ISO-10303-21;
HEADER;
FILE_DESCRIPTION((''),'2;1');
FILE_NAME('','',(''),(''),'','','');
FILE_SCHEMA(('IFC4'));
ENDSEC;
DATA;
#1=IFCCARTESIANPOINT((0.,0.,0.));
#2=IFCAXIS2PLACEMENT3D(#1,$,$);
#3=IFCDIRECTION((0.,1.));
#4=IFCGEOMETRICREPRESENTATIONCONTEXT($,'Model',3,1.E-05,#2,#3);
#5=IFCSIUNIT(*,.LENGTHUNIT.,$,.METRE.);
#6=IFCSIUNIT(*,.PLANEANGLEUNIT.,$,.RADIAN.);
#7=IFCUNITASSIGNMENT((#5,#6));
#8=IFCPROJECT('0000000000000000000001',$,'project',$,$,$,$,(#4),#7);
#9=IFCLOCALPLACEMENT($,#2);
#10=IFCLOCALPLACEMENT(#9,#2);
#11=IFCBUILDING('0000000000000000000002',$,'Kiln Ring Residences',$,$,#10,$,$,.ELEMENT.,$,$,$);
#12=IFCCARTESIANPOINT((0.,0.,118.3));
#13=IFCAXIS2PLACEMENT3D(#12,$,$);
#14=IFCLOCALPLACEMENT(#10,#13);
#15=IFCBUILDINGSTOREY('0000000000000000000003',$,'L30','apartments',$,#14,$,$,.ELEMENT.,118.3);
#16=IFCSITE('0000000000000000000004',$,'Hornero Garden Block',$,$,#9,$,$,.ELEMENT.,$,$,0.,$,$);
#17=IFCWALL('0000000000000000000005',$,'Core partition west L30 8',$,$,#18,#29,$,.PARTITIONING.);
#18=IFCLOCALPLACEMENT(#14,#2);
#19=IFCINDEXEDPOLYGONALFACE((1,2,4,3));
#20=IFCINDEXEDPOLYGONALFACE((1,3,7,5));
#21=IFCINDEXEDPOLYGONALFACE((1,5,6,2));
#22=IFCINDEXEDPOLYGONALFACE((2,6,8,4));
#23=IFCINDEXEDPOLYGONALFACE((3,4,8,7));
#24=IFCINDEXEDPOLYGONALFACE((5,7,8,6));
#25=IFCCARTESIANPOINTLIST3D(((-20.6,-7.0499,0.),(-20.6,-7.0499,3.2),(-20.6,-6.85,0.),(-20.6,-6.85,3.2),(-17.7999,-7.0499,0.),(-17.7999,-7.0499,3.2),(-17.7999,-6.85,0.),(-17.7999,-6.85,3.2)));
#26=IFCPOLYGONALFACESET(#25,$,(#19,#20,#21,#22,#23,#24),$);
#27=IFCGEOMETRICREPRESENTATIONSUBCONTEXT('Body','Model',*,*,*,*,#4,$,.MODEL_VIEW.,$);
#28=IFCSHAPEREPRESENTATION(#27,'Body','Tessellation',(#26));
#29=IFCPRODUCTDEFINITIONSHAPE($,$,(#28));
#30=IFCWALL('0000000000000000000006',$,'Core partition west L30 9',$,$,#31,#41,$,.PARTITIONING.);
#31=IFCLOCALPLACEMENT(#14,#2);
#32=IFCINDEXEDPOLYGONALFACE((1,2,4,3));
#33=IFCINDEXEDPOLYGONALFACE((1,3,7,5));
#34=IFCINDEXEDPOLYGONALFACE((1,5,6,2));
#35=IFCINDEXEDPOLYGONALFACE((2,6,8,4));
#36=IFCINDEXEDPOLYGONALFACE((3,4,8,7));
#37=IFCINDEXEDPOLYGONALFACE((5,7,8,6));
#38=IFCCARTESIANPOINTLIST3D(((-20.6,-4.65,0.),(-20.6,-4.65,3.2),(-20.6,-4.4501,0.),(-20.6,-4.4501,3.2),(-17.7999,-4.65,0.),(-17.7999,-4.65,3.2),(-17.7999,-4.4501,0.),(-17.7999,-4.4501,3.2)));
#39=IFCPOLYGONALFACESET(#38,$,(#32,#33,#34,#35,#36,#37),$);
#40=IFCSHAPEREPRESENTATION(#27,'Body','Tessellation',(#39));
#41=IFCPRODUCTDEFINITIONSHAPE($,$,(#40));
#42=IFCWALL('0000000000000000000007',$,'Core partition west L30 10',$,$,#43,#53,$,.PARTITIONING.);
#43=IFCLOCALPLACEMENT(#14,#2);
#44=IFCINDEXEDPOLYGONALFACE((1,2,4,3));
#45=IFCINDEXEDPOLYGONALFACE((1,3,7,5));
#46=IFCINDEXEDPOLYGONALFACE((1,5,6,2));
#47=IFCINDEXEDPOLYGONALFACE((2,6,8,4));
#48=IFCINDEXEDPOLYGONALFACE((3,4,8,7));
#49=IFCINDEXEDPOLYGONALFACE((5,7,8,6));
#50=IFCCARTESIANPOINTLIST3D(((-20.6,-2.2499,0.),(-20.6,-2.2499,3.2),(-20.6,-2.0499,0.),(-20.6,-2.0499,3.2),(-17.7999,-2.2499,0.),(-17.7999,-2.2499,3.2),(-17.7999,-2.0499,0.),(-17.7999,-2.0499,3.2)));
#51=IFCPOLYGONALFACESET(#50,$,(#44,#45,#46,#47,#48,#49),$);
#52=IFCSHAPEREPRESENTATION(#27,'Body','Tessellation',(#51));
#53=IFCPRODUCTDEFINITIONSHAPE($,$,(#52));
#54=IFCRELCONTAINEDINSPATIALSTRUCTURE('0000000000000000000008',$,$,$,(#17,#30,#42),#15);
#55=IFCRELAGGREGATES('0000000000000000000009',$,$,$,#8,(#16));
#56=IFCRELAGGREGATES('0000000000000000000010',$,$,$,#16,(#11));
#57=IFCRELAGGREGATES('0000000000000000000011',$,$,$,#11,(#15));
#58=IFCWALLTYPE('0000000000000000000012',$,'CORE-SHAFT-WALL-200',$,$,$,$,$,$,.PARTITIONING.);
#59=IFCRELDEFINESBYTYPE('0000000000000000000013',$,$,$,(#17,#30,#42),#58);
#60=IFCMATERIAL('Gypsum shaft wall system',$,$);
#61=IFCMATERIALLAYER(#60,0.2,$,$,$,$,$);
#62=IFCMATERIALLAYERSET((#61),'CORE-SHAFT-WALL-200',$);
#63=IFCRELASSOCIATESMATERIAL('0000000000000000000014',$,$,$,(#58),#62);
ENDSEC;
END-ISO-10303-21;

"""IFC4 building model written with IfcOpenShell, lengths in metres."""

from ifc_helpers import new_model, si_unit, direction, frame, frame_2d, origin, place, context, subcontext, project, spatial, rectangle, extrude, material, layer, layer_set, type_object, element, save


model = new_model("IFC4")

# Units and contexts
model_context = context("Model", 3, precision=1e-05, world=origin(), true_north=direction((0.0, 1.0)))
body_context = subcontext(model_context, "Body", "Model", "MODEL_VIEW")
ifc_project = project(units=[si_unit("LENGTHUNIT", "METRE"), si_unit("PLANEANGLEUNIT", "RADIAN")], contexts=[model_context])

# Site, building, storey
site_placement = place(None, origin())
site = spatial("IfcSite", under=ifc_project, at=site_placement, Name="Hornero Garden Block", CompositionType="ELEMENT", RefElevation=0.0)
building_placement = place(site_placement, origin())
building = spatial("IfcBuilding", under=site, at=building_placement, Name="Kiln Ring Residences", CompositionType="ELEMENT")
storey_placement = place(building_placement, frame((0.0, 0.0, 118.3)))
storey = spatial("IfcBuildingStorey", under=building, at=storey_placement, Name="L30", Description="apartments", CompositionType="ELEMENT", Elevation=118.3)

# Walls
ifc_material_1 = material(Name="Gypsum shaft wall system")
ifc_layer_1 = layer(ifc_material_1, 0.2)
ifc_layer_set_1 = layer_set([ifc_layer_1], Name="CORE-SHAFT-WALL-200")
wall_type_1 = type_object("IfcWallType", Name="CORE-SHAFT-WALL-200", PredefinedType="PARTITIONING", material=ifc_layer_set_1)
for number, where, z_axis, x_axis, name in (
    (1, (-17.8, -6.95, 0.0), (0.0, 0.0, 1.0), (-1.0, 0.0, 0.0), "Core partition west L30 8"),
    (2, (-17.8, -4.55, 0.0), (0.0, 0.0, 1.0), (-1.0, 0.0, 0.0), "Core partition west L30 9"),
    (3, (-17.8, -2.1499, 0.0), (0.0, 0.0, 1.0), (-1.0, 0.0, 0.0), "Core partition west L30 10"),
):
    element("IfcWall", number, at=place(storey_placement, frame(where, z_axis=z_axis, x_axis=x_axis)), inside=storey, type_object=wall_type_1, Name=name, PredefinedType="PARTITIONING", context=body_context, shape_type="SweptSolid", body=[
        extrude(rectangle(XDim=2.8, YDim=0.2, at=frame_2d((1.3999, 0.0))), origin(), (0.0, 0.0, 1.0), 3.2),
    ])

save(model, "model.ifc")
